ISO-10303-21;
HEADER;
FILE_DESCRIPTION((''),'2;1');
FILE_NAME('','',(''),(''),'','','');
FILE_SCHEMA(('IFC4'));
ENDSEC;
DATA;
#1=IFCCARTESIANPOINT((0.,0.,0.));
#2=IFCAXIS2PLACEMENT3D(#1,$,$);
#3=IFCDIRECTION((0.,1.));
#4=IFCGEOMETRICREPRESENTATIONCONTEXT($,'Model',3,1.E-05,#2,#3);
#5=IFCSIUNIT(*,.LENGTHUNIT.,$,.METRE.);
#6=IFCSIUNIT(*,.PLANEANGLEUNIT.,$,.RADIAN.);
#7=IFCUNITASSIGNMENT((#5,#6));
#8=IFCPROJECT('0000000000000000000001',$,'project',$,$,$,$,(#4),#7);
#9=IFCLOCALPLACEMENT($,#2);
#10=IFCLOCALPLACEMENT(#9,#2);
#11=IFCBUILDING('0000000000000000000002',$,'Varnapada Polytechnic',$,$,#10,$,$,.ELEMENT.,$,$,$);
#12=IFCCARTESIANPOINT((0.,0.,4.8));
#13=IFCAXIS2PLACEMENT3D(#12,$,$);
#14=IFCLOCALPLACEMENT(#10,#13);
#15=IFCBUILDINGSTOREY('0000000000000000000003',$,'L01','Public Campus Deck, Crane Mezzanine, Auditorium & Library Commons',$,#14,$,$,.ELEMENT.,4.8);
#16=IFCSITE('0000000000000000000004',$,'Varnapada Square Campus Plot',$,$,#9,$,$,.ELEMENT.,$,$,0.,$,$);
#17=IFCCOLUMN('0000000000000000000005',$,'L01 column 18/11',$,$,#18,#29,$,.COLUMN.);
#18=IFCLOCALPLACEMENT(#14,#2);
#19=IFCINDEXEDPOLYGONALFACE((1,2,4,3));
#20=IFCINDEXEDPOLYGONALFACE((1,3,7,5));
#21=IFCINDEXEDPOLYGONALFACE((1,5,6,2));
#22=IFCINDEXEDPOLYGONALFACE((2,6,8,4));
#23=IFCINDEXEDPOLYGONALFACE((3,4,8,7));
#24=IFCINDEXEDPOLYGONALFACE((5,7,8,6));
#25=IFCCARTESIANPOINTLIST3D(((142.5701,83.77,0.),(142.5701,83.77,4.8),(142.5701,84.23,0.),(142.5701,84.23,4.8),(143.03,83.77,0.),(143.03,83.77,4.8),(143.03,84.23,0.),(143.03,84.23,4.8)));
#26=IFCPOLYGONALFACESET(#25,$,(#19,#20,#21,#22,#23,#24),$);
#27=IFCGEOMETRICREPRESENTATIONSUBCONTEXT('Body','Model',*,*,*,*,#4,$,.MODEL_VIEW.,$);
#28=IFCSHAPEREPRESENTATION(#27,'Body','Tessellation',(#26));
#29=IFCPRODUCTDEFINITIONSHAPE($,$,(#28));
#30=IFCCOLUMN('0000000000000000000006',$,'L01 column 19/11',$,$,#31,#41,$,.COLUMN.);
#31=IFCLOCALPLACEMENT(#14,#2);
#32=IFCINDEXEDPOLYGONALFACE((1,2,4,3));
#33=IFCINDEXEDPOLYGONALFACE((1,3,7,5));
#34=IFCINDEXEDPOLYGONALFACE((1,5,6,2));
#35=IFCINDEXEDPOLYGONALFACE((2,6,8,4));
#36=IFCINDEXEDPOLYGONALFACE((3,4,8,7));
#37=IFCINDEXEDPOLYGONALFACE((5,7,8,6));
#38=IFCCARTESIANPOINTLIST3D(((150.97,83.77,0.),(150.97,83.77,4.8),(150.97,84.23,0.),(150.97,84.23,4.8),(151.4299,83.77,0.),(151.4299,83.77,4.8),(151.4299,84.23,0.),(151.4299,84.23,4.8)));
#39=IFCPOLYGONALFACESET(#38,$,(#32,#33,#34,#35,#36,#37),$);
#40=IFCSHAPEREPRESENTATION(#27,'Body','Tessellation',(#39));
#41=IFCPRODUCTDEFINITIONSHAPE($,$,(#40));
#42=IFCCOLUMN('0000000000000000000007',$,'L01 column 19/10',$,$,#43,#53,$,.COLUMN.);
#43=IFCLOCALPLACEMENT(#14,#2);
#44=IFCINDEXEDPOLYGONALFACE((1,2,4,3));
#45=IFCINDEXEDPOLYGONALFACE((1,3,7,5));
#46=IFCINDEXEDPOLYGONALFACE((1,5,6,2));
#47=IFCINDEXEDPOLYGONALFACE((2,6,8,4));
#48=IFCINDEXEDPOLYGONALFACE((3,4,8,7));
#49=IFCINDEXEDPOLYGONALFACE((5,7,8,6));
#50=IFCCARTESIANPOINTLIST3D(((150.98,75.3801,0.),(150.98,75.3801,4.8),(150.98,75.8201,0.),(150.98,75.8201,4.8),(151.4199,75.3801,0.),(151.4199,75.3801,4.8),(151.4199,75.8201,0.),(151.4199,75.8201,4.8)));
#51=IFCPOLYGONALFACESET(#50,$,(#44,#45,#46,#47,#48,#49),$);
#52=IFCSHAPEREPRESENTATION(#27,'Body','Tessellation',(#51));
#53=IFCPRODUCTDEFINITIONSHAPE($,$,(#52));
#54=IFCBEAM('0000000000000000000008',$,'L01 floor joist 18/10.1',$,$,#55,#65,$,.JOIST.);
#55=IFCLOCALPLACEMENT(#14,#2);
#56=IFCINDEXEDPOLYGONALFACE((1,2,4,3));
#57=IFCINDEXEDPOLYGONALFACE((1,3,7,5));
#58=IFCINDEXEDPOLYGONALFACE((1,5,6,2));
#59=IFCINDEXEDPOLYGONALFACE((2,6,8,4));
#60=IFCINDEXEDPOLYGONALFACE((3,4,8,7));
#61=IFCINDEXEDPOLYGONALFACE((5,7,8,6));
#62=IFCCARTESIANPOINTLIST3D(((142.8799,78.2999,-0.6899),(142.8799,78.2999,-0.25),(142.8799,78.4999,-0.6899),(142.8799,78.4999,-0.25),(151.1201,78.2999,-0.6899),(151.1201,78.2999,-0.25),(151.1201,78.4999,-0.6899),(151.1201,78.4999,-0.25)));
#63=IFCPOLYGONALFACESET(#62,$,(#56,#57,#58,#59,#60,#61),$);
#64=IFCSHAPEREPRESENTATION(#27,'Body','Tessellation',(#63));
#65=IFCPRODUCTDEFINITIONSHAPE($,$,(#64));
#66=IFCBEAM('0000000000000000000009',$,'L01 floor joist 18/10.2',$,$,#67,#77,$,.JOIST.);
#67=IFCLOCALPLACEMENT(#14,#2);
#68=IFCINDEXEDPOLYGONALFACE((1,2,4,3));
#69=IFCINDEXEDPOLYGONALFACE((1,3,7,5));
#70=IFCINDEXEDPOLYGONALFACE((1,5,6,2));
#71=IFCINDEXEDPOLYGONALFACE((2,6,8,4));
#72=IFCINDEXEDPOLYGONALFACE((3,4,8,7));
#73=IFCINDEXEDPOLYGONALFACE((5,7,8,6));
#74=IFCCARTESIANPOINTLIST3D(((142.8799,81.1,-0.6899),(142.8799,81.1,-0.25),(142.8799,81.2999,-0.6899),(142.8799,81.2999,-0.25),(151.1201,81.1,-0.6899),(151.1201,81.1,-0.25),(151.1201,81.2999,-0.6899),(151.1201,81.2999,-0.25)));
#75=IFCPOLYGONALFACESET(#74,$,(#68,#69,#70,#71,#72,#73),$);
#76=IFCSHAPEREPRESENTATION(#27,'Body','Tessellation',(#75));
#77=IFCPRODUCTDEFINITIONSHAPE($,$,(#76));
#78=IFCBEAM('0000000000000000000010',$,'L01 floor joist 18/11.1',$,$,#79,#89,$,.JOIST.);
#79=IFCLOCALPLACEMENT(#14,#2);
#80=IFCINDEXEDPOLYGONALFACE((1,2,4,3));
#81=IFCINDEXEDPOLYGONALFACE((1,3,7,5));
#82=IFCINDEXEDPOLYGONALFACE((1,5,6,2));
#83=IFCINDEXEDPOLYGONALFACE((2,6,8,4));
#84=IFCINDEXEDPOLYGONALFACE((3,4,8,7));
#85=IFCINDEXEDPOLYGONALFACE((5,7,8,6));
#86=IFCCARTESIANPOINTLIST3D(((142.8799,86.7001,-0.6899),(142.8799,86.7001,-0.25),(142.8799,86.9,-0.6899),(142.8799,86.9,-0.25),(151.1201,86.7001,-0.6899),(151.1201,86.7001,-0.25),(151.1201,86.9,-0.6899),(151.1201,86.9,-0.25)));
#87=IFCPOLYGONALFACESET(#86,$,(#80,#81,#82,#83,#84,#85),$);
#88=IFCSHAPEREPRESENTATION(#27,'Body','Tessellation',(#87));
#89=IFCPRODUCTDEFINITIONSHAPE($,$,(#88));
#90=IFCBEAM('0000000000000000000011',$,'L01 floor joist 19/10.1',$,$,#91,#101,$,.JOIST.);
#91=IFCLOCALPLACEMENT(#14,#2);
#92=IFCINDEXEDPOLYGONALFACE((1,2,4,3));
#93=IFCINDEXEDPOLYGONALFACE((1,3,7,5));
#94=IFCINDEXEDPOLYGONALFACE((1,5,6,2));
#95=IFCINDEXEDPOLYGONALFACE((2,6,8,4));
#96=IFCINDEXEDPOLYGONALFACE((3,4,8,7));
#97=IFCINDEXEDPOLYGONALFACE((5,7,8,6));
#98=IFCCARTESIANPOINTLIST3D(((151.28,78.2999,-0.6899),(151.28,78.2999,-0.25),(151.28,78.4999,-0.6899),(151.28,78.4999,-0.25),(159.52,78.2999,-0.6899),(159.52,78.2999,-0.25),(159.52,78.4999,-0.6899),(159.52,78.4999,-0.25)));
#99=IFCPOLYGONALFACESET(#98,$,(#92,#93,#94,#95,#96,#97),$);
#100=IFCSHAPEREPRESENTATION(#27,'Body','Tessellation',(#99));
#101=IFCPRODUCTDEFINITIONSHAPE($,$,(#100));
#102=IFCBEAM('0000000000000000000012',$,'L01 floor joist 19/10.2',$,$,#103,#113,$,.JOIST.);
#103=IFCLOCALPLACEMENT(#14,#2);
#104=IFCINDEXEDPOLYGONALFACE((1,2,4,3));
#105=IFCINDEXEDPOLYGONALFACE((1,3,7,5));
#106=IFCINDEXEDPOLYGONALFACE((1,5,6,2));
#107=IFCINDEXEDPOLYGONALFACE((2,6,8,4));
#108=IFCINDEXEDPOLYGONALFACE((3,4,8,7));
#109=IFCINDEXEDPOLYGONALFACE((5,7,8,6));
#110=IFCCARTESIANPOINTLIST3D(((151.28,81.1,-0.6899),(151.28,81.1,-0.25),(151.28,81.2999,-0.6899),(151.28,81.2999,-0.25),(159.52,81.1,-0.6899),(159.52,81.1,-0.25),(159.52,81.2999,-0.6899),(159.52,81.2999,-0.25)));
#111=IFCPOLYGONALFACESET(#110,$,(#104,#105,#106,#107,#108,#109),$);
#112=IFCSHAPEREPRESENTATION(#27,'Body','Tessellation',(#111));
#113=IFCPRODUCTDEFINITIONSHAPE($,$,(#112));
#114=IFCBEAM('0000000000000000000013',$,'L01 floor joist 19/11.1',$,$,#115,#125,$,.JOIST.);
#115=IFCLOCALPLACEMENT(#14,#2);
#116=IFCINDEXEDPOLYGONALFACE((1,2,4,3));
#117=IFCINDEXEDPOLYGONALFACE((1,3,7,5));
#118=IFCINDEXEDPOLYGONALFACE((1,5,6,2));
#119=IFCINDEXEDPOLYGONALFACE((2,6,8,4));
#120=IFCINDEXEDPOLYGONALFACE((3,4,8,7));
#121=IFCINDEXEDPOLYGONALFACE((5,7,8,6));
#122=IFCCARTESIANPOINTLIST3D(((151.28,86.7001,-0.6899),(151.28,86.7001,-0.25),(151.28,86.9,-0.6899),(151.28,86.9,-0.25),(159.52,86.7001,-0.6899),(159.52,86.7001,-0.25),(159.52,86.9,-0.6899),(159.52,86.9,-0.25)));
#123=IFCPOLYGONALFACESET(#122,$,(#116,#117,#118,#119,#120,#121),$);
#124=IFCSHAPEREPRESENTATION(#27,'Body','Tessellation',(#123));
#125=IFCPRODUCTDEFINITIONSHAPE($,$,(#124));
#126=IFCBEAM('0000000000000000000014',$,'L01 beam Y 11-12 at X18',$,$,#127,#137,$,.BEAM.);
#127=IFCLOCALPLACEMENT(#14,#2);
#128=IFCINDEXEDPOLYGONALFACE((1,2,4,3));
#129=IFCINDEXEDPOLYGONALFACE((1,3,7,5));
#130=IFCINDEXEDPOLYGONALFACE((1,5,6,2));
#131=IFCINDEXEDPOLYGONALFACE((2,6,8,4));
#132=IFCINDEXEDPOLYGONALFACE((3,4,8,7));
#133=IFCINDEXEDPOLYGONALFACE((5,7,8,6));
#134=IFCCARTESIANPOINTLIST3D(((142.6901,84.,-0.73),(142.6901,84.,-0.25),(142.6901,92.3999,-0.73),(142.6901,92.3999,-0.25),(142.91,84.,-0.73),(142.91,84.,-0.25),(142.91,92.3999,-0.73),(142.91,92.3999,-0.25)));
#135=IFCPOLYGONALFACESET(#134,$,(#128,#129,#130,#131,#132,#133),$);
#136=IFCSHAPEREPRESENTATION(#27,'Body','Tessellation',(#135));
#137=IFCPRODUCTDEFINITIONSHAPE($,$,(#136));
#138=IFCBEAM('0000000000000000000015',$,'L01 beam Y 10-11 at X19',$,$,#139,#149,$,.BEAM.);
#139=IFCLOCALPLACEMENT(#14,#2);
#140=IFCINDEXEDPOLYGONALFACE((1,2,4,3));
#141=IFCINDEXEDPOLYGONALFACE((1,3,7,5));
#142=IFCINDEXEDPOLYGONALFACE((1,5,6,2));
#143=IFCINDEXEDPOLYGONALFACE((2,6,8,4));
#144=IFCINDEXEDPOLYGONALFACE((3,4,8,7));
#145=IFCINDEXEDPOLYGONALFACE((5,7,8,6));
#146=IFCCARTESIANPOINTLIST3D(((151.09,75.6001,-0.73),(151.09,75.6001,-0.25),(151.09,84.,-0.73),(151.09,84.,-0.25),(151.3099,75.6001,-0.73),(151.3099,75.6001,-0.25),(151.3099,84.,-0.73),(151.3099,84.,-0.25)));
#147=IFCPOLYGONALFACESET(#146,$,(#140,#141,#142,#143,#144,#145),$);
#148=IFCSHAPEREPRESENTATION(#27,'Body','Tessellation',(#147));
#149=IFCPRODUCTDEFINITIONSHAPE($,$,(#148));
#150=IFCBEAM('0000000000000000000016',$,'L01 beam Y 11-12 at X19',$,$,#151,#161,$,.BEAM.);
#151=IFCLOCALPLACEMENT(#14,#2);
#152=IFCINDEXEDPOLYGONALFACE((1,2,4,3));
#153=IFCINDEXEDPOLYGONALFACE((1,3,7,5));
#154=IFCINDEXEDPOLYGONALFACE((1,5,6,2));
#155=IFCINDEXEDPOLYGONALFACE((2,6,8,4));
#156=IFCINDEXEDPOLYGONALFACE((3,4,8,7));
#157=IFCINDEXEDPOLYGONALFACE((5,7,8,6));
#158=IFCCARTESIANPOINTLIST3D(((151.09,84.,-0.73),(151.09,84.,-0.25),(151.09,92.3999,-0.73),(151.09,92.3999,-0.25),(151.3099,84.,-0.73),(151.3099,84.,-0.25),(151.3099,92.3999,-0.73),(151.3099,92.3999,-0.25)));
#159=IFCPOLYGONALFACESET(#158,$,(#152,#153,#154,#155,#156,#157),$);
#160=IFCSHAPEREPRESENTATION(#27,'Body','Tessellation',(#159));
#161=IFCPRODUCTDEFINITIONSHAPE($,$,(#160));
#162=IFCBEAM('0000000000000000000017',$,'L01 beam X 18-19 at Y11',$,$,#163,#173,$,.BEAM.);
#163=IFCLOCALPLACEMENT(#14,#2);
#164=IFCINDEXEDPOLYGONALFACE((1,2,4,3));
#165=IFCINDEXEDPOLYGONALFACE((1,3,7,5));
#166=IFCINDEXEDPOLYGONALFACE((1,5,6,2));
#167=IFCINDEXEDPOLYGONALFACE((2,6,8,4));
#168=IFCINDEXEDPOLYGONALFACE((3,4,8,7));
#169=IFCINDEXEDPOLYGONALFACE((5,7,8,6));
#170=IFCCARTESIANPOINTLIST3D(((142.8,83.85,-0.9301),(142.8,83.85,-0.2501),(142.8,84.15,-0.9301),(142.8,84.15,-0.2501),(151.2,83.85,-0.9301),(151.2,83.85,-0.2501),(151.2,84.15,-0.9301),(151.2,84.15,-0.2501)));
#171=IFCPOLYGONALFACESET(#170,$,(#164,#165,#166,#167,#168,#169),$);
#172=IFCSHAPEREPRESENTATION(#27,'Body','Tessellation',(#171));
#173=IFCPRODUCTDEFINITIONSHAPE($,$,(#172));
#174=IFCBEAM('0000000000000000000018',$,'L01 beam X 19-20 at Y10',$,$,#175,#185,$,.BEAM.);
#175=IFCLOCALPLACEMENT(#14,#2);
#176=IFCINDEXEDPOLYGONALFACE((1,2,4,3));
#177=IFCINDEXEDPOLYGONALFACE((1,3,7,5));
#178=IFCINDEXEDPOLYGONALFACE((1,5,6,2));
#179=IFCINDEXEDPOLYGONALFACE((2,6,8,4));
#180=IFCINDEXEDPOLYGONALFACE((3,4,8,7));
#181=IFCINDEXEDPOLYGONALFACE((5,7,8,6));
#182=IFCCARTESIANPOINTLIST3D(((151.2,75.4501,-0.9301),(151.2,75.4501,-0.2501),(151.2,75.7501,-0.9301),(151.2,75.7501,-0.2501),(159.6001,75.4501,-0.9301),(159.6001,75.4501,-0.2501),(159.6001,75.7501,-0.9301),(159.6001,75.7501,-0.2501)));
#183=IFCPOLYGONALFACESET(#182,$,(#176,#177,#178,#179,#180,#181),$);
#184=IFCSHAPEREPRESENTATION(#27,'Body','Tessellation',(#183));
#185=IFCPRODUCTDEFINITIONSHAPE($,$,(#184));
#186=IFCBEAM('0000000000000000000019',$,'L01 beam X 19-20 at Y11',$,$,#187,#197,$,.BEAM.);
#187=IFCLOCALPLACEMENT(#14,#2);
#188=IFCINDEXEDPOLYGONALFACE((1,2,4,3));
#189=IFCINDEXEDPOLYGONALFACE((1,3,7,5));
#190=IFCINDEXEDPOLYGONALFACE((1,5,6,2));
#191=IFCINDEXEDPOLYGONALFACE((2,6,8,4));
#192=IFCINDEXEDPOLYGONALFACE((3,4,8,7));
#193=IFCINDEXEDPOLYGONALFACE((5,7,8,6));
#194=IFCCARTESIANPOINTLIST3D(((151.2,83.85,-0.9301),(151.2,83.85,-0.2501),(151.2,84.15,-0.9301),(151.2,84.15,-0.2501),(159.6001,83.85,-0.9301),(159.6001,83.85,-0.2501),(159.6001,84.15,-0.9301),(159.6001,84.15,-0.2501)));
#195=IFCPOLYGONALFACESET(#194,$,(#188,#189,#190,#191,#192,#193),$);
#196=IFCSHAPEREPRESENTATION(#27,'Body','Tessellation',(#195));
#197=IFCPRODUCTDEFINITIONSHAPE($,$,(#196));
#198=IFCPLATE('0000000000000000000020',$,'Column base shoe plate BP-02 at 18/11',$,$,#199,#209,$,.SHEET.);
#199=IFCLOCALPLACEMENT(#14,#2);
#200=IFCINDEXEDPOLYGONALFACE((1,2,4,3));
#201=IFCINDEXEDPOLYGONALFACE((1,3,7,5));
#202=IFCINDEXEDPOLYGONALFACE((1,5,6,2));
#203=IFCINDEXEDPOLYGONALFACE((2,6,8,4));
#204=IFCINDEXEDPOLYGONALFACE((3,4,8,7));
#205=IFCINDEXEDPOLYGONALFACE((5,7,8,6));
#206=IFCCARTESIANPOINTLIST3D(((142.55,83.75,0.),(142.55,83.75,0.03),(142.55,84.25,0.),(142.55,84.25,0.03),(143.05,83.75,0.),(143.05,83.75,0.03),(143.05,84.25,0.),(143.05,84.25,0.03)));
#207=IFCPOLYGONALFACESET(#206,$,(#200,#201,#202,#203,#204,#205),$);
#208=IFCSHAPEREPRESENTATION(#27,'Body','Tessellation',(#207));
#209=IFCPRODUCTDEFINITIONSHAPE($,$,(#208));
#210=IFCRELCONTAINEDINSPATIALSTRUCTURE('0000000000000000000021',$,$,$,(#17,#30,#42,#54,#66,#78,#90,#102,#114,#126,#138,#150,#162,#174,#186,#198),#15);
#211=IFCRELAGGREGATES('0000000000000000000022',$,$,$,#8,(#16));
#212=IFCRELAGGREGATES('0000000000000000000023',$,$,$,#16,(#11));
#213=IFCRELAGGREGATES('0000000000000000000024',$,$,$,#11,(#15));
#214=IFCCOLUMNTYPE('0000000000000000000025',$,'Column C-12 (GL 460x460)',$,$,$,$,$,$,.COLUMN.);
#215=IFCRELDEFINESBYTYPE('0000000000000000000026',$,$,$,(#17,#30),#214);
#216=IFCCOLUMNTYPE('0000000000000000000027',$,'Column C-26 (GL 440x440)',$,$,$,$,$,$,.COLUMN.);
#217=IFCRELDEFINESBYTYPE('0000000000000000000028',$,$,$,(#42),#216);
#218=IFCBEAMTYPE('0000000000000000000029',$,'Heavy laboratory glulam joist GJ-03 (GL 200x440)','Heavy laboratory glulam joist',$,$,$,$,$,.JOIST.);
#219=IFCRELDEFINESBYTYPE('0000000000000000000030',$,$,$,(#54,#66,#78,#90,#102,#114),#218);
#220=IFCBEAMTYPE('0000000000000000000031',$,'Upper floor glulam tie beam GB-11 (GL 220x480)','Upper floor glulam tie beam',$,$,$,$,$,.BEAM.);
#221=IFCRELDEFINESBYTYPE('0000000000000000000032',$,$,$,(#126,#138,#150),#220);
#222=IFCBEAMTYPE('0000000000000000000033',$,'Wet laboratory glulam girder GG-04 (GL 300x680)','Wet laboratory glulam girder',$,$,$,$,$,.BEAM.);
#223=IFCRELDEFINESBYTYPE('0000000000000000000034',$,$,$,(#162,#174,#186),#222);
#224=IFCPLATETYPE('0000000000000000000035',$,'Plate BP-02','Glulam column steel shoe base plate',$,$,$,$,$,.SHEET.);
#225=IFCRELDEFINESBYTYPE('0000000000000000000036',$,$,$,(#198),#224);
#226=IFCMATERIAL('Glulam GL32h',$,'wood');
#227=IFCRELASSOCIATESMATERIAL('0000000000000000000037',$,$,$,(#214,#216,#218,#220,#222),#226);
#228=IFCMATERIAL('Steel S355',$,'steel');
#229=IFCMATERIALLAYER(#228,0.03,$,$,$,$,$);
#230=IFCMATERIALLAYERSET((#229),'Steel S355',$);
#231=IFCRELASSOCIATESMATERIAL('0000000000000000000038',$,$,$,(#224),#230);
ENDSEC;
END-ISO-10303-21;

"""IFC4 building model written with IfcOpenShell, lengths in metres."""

from ifc_helpers import new_model, si_unit, direction, frame, origin, origin_2d, place, context, subcontext, project, spatial, rectangle, extrude, material, layer, layer_set, material_profile, profile_set, type_object, element, save


model = new_model("IFC4")

# Units and contexts
model_context = context("Model", 3, precision=1e-05, world=origin(), true_north=direction((0.0, 1.0)))
body_context = subcontext(model_context, "Body", "Model", "MODEL_VIEW")
ifc_project = project(units=[si_unit("LENGTHUNIT", "METRE"), si_unit("PLANEANGLEUNIT", "RADIAN")], contexts=[model_context])

# Site, building, storey
site_placement = place(None, origin())
site = spatial("IfcSite", under=ifc_project, at=site_placement, Name="Varnapada Square Campus Plot", CompositionType="ELEMENT", RefElevation=0.0)
building_placement = place(site_placement, origin())
building = spatial("IfcBuilding", under=site, at=building_placement, Name="Varnapada Polytechnic", CompositionType="ELEMENT")
storey_placement = place(building_placement, frame((0.0, 0.0, 4.8)))
storey = spatial("IfcBuildingStorey", under=building, at=storey_placement, Name="L01", Description="Public Campus Deck, Crane Mezzanine, Auditorium & Library Commons", CompositionType="ELEMENT", Elevation=4.8)

# Columns
ifc_material_1 = material(Name="Glulam GL32h", Category="wood")
ifc_material_profile_1 = material_profile(ifc_material_1, rectangle(XDim=0.46, YDim=0.46, at=origin_2d()), Name="GL 460x460")
ifc_profile_set_1 = profile_set([ifc_material_profile_1], Name="Glulam GL32h")
column_type_1 = type_object("IfcColumnType", Name="Column C-12 (GL 460x460)", PredefinedType="COLUMN", material=ifc_profile_set_1)
for number, where, z_axis, x_axis, name in (
    (1, (142.8, 84.0, 0.0), (0.0, 0.0, 1.0), (1.0, 0.0, 0.0), "L01 column 18/11"),
    (2, (151.2, 84.0, 0.0), (0.0, 0.0, 1.0), (1.0, 0.0, 0.0), "L01 column 19/11"),
):
    element("IfcColumn", number, at=place(storey_placement, frame(where, z_axis=z_axis, x_axis=x_axis)), inside=storey, type_object=column_type_1, Name=name, PredefinedType="COLUMN", context=body_context, shape_type="SweptSolid", body=[
        extrude(rectangle(XDim=0.46, YDim=0.46, at=origin_2d()), origin(), (0.0, 0.0, 1.0), 4.8),
    ])
ifc_material_profile_2 = material_profile(ifc_material_1, rectangle(XDim=0.4399, YDim=0.4399, at=origin_2d()), Name="GL 440x440")
ifc_profile_set_2 = profile_set([ifc_material_profile_2], Name="Glulam GL32h")
column_type_2 = type_object("IfcColumnType", Name="Column C-26 (GL 440x440)", PredefinedType="COLUMN", material=ifc_profile_set_2)
column_placement = place(storey_placement, frame((151.2, 75.6001, 0.0), z_axis=(0.0, 0.0, 1.0), x_axis=(1.0, 0.0, 0.0)))
element("IfcColumn", 3, at=column_placement, inside=storey, type_object=column_type_2, Name="L01 column 19/10", PredefinedType="COLUMN", context=body_context, shape_type="SweptSolid", body=[
    extrude(rectangle(XDim=0.4399, YDim=0.4399, at=origin_2d()), origin(), (0.0, 0.0, 1.0), 4.8),
])

# Beams
ifc_material_profile_3 = material_profile(ifc_material_1, rectangle(XDim=0.2, YDim=0.4399, at=origin_2d()), Name="GL 200x440")
ifc_profile_set_3 = profile_set([ifc_material_profile_3], Name="Glulam GL32h")
beam_type_1 = type_object("IfcBeamType", Name="Heavy laboratory glulam joist GJ-03 (GL 200x440)", Description="Heavy laboratory glulam joist", PredefinedType="JOIST", material=ifc_profile_set_3)
for number, where, z_axis, x_axis, name in (
    (4, (142.8799, 78.3999, -0.47), (1.0, 0.0, 0.0), (0.0, 1.0, 0.0), "L01 floor joist 18/10.1"),
    (5, (142.8799, 81.2, -0.47), (1.0, 0.0, 0.0), (0.0, 1.0, 0.0), "L01 floor joist 18/10.2"),
    (6, (142.8799, 86.8, -0.47), (1.0, 0.0, 0.0), (0.0, 1.0, 0.0), "L01 floor joist 18/11.1"),
):
    element("IfcBeam", number, at=place(storey_placement, frame(where, z_axis=z_axis, x_axis=x_axis)), inside=storey, type_object=beam_type_1, Name=name, PredefinedType="JOIST", context=body_context, shape_type="SweptSolid", body=[
        extrude(rectangle(XDim=0.2, YDim=0.4399, at=origin_2d()), origin(), (0.0, 0.0, 1.0), 8.2402),
    ])
for number, where, z_axis, x_axis, name in (
    (7, (151.28, 78.3999, -0.47), (1.0, 0.0, 0.0), (0.0, 1.0, 0.0), "L01 floor joist 19/10.1"),
    (8, (151.28, 81.2, -0.47), (1.0, 0.0, 0.0), (0.0, 1.0, 0.0), "L01 floor joist 19/10.2"),
    (9, (151.28, 86.8, -0.47), (1.0, 0.0, 0.0), (0.0, 1.0, 0.0), "L01 floor joist 19/11.1"),
):
    element("IfcBeam", number, at=place(storey_placement, frame(where, z_axis=z_axis, x_axis=x_axis)), inside=storey, type_object=beam_type_1, Name=name, PredefinedType="JOIST", context=body_context, shape_type="SweptSolid", body=[
        extrude(rectangle(XDim=0.2, YDim=0.4399, at=origin_2d()), origin(), (0.0, 0.0, 1.0), 8.24),
    ])
ifc_material_profile_4 = material_profile(ifc_material_1, rectangle(XDim=0.22, YDim=0.48, at=origin_2d()), Name="GL 220x480")
ifc_profile_set_4 = profile_set([ifc_material_profile_4], Name="Glulam GL32h")
beam_type_2 = type_object("IfcBeamType", Name="Upper floor glulam tie beam GB-11 (GL 220x480)", Description="Upper floor glulam tie beam", PredefinedType="BEAM", material=ifc_profile_set_4)
for number, where, z_axis, x_axis, name in (
    (10, (142.8, 84.0, -0.49), (0.0, 1.0, 0.0), (-1.0, 0.0, 0.0), "L01 beam Y 11-12 at X18"),
    (11, (151.2, 75.6001, -0.49), (0.0, 1.0, 0.0), (-1.0, 0.0, 0.0), "L01 beam Y 10-11 at X19"),
    (12, (151.2, 84.0, -0.49), (0.0, 1.0, 0.0), (-1.0, 0.0, 0.0), "L01 beam Y 11-12 at X19"),
):
    element("IfcBeam", number, at=place(storey_placement, frame(where, z_axis=z_axis, x_axis=x_axis)), inside=storey, type_object=beam_type_2, Name=name, PredefinedType="BEAM", context=body_context, shape_type="SweptSolid", body=[
        extrude(rectangle(XDim=0.22, YDim=0.48, at=origin_2d()), origin(), (0.0, 0.0, 1.0), 8.3999),
    ])
ifc_material_profile_5 = material_profile(ifc_material_1, rectangle(XDim=0.3, YDim=0.6799, at=origin_2d()), Name="GL 300x680")
ifc_profile_set_5 = profile_set([ifc_material_profile_5], Name="Glulam GL32h")
beam_type_3 = type_object("IfcBeamType", Name="Wet laboratory glulam girder GG-04 (GL 300x680)", Description="Wet laboratory glulam girder", PredefinedType="BEAM", material=ifc_profile_set_5)
beam_placement = place(storey_placement, frame((142.8, 84.0, -0.5901), z_axis=(1.0, 0.0, 0.0), x_axis=(0.0, 1.0, 0.0)))
element("IfcBeam", 13, at=beam_placement, inside=storey, type_object=beam_type_3, Name="L01 beam X 18-19 at Y11", PredefinedType="BEAM", context=body_context, shape_type="SweptSolid", body=[
    extrude(rectangle(XDim=0.3, YDim=0.6799, at=origin_2d()), origin(), (0.0, 0.0, 1.0), 8.3999),
])
for number, where, z_axis, x_axis, name in (
    (14, (151.2, 75.6001, -0.5901), (1.0, 0.0, 0.0), (0.0, 1.0, 0.0), "L01 beam X 19-20 at Y10"),
    (15, (151.2, 84.0, -0.5901), (1.0, 0.0, 0.0), (0.0, 1.0, 0.0), "L01 beam X 19-20 at Y11"),
):
    element("IfcBeam", number, at=place(storey_placement, frame(where, z_axis=z_axis, x_axis=x_axis)), inside=storey, type_object=beam_type_3, Name=name, PredefinedType="BEAM", context=body_context, shape_type="SweptSolid", body=[
        extrude(rectangle(XDim=0.3, YDim=0.6799, at=origin_2d()), origin(), (0.0, 0.0, 1.0), 8.4001),
    ])

# Plate
ifc_material_2 = material(Name="Steel S355", Category="steel")
ifc_layer_1 = layer(ifc_material_2, 0.03)
ifc_layer_set_1 = layer_set([ifc_layer_1], Name="Steel S355")
plate_type = type_object("IfcPlateType", Name="Plate BP-02", Description="Glulam column steel shoe base plate", PredefinedType="SHEET", material=ifc_layer_set_1)
for number, where, z_axis, x_axis, name in (
    (16, (142.8, 84.0, 0.0), (0.0, 0.0, 1.0), (1.0, 0.0, 0.0), "Column base shoe plate BP-02 at 18/11"),
):
    element("IfcPlate", number, at=place(storey_placement, frame(where, z_axis=z_axis, x_axis=x_axis)), inside=storey, type_object=plate_type, Name=name, PredefinedType="SHEET", context=body_context, shape_type="SweptSolid", body=[
        extrude(rectangle(XDim=0.5, YDim=0.5, at=origin_2d()), origin(), (0.0, 0.0, 1.0), 0.03),
    ])

save(model, "model.ifc")
